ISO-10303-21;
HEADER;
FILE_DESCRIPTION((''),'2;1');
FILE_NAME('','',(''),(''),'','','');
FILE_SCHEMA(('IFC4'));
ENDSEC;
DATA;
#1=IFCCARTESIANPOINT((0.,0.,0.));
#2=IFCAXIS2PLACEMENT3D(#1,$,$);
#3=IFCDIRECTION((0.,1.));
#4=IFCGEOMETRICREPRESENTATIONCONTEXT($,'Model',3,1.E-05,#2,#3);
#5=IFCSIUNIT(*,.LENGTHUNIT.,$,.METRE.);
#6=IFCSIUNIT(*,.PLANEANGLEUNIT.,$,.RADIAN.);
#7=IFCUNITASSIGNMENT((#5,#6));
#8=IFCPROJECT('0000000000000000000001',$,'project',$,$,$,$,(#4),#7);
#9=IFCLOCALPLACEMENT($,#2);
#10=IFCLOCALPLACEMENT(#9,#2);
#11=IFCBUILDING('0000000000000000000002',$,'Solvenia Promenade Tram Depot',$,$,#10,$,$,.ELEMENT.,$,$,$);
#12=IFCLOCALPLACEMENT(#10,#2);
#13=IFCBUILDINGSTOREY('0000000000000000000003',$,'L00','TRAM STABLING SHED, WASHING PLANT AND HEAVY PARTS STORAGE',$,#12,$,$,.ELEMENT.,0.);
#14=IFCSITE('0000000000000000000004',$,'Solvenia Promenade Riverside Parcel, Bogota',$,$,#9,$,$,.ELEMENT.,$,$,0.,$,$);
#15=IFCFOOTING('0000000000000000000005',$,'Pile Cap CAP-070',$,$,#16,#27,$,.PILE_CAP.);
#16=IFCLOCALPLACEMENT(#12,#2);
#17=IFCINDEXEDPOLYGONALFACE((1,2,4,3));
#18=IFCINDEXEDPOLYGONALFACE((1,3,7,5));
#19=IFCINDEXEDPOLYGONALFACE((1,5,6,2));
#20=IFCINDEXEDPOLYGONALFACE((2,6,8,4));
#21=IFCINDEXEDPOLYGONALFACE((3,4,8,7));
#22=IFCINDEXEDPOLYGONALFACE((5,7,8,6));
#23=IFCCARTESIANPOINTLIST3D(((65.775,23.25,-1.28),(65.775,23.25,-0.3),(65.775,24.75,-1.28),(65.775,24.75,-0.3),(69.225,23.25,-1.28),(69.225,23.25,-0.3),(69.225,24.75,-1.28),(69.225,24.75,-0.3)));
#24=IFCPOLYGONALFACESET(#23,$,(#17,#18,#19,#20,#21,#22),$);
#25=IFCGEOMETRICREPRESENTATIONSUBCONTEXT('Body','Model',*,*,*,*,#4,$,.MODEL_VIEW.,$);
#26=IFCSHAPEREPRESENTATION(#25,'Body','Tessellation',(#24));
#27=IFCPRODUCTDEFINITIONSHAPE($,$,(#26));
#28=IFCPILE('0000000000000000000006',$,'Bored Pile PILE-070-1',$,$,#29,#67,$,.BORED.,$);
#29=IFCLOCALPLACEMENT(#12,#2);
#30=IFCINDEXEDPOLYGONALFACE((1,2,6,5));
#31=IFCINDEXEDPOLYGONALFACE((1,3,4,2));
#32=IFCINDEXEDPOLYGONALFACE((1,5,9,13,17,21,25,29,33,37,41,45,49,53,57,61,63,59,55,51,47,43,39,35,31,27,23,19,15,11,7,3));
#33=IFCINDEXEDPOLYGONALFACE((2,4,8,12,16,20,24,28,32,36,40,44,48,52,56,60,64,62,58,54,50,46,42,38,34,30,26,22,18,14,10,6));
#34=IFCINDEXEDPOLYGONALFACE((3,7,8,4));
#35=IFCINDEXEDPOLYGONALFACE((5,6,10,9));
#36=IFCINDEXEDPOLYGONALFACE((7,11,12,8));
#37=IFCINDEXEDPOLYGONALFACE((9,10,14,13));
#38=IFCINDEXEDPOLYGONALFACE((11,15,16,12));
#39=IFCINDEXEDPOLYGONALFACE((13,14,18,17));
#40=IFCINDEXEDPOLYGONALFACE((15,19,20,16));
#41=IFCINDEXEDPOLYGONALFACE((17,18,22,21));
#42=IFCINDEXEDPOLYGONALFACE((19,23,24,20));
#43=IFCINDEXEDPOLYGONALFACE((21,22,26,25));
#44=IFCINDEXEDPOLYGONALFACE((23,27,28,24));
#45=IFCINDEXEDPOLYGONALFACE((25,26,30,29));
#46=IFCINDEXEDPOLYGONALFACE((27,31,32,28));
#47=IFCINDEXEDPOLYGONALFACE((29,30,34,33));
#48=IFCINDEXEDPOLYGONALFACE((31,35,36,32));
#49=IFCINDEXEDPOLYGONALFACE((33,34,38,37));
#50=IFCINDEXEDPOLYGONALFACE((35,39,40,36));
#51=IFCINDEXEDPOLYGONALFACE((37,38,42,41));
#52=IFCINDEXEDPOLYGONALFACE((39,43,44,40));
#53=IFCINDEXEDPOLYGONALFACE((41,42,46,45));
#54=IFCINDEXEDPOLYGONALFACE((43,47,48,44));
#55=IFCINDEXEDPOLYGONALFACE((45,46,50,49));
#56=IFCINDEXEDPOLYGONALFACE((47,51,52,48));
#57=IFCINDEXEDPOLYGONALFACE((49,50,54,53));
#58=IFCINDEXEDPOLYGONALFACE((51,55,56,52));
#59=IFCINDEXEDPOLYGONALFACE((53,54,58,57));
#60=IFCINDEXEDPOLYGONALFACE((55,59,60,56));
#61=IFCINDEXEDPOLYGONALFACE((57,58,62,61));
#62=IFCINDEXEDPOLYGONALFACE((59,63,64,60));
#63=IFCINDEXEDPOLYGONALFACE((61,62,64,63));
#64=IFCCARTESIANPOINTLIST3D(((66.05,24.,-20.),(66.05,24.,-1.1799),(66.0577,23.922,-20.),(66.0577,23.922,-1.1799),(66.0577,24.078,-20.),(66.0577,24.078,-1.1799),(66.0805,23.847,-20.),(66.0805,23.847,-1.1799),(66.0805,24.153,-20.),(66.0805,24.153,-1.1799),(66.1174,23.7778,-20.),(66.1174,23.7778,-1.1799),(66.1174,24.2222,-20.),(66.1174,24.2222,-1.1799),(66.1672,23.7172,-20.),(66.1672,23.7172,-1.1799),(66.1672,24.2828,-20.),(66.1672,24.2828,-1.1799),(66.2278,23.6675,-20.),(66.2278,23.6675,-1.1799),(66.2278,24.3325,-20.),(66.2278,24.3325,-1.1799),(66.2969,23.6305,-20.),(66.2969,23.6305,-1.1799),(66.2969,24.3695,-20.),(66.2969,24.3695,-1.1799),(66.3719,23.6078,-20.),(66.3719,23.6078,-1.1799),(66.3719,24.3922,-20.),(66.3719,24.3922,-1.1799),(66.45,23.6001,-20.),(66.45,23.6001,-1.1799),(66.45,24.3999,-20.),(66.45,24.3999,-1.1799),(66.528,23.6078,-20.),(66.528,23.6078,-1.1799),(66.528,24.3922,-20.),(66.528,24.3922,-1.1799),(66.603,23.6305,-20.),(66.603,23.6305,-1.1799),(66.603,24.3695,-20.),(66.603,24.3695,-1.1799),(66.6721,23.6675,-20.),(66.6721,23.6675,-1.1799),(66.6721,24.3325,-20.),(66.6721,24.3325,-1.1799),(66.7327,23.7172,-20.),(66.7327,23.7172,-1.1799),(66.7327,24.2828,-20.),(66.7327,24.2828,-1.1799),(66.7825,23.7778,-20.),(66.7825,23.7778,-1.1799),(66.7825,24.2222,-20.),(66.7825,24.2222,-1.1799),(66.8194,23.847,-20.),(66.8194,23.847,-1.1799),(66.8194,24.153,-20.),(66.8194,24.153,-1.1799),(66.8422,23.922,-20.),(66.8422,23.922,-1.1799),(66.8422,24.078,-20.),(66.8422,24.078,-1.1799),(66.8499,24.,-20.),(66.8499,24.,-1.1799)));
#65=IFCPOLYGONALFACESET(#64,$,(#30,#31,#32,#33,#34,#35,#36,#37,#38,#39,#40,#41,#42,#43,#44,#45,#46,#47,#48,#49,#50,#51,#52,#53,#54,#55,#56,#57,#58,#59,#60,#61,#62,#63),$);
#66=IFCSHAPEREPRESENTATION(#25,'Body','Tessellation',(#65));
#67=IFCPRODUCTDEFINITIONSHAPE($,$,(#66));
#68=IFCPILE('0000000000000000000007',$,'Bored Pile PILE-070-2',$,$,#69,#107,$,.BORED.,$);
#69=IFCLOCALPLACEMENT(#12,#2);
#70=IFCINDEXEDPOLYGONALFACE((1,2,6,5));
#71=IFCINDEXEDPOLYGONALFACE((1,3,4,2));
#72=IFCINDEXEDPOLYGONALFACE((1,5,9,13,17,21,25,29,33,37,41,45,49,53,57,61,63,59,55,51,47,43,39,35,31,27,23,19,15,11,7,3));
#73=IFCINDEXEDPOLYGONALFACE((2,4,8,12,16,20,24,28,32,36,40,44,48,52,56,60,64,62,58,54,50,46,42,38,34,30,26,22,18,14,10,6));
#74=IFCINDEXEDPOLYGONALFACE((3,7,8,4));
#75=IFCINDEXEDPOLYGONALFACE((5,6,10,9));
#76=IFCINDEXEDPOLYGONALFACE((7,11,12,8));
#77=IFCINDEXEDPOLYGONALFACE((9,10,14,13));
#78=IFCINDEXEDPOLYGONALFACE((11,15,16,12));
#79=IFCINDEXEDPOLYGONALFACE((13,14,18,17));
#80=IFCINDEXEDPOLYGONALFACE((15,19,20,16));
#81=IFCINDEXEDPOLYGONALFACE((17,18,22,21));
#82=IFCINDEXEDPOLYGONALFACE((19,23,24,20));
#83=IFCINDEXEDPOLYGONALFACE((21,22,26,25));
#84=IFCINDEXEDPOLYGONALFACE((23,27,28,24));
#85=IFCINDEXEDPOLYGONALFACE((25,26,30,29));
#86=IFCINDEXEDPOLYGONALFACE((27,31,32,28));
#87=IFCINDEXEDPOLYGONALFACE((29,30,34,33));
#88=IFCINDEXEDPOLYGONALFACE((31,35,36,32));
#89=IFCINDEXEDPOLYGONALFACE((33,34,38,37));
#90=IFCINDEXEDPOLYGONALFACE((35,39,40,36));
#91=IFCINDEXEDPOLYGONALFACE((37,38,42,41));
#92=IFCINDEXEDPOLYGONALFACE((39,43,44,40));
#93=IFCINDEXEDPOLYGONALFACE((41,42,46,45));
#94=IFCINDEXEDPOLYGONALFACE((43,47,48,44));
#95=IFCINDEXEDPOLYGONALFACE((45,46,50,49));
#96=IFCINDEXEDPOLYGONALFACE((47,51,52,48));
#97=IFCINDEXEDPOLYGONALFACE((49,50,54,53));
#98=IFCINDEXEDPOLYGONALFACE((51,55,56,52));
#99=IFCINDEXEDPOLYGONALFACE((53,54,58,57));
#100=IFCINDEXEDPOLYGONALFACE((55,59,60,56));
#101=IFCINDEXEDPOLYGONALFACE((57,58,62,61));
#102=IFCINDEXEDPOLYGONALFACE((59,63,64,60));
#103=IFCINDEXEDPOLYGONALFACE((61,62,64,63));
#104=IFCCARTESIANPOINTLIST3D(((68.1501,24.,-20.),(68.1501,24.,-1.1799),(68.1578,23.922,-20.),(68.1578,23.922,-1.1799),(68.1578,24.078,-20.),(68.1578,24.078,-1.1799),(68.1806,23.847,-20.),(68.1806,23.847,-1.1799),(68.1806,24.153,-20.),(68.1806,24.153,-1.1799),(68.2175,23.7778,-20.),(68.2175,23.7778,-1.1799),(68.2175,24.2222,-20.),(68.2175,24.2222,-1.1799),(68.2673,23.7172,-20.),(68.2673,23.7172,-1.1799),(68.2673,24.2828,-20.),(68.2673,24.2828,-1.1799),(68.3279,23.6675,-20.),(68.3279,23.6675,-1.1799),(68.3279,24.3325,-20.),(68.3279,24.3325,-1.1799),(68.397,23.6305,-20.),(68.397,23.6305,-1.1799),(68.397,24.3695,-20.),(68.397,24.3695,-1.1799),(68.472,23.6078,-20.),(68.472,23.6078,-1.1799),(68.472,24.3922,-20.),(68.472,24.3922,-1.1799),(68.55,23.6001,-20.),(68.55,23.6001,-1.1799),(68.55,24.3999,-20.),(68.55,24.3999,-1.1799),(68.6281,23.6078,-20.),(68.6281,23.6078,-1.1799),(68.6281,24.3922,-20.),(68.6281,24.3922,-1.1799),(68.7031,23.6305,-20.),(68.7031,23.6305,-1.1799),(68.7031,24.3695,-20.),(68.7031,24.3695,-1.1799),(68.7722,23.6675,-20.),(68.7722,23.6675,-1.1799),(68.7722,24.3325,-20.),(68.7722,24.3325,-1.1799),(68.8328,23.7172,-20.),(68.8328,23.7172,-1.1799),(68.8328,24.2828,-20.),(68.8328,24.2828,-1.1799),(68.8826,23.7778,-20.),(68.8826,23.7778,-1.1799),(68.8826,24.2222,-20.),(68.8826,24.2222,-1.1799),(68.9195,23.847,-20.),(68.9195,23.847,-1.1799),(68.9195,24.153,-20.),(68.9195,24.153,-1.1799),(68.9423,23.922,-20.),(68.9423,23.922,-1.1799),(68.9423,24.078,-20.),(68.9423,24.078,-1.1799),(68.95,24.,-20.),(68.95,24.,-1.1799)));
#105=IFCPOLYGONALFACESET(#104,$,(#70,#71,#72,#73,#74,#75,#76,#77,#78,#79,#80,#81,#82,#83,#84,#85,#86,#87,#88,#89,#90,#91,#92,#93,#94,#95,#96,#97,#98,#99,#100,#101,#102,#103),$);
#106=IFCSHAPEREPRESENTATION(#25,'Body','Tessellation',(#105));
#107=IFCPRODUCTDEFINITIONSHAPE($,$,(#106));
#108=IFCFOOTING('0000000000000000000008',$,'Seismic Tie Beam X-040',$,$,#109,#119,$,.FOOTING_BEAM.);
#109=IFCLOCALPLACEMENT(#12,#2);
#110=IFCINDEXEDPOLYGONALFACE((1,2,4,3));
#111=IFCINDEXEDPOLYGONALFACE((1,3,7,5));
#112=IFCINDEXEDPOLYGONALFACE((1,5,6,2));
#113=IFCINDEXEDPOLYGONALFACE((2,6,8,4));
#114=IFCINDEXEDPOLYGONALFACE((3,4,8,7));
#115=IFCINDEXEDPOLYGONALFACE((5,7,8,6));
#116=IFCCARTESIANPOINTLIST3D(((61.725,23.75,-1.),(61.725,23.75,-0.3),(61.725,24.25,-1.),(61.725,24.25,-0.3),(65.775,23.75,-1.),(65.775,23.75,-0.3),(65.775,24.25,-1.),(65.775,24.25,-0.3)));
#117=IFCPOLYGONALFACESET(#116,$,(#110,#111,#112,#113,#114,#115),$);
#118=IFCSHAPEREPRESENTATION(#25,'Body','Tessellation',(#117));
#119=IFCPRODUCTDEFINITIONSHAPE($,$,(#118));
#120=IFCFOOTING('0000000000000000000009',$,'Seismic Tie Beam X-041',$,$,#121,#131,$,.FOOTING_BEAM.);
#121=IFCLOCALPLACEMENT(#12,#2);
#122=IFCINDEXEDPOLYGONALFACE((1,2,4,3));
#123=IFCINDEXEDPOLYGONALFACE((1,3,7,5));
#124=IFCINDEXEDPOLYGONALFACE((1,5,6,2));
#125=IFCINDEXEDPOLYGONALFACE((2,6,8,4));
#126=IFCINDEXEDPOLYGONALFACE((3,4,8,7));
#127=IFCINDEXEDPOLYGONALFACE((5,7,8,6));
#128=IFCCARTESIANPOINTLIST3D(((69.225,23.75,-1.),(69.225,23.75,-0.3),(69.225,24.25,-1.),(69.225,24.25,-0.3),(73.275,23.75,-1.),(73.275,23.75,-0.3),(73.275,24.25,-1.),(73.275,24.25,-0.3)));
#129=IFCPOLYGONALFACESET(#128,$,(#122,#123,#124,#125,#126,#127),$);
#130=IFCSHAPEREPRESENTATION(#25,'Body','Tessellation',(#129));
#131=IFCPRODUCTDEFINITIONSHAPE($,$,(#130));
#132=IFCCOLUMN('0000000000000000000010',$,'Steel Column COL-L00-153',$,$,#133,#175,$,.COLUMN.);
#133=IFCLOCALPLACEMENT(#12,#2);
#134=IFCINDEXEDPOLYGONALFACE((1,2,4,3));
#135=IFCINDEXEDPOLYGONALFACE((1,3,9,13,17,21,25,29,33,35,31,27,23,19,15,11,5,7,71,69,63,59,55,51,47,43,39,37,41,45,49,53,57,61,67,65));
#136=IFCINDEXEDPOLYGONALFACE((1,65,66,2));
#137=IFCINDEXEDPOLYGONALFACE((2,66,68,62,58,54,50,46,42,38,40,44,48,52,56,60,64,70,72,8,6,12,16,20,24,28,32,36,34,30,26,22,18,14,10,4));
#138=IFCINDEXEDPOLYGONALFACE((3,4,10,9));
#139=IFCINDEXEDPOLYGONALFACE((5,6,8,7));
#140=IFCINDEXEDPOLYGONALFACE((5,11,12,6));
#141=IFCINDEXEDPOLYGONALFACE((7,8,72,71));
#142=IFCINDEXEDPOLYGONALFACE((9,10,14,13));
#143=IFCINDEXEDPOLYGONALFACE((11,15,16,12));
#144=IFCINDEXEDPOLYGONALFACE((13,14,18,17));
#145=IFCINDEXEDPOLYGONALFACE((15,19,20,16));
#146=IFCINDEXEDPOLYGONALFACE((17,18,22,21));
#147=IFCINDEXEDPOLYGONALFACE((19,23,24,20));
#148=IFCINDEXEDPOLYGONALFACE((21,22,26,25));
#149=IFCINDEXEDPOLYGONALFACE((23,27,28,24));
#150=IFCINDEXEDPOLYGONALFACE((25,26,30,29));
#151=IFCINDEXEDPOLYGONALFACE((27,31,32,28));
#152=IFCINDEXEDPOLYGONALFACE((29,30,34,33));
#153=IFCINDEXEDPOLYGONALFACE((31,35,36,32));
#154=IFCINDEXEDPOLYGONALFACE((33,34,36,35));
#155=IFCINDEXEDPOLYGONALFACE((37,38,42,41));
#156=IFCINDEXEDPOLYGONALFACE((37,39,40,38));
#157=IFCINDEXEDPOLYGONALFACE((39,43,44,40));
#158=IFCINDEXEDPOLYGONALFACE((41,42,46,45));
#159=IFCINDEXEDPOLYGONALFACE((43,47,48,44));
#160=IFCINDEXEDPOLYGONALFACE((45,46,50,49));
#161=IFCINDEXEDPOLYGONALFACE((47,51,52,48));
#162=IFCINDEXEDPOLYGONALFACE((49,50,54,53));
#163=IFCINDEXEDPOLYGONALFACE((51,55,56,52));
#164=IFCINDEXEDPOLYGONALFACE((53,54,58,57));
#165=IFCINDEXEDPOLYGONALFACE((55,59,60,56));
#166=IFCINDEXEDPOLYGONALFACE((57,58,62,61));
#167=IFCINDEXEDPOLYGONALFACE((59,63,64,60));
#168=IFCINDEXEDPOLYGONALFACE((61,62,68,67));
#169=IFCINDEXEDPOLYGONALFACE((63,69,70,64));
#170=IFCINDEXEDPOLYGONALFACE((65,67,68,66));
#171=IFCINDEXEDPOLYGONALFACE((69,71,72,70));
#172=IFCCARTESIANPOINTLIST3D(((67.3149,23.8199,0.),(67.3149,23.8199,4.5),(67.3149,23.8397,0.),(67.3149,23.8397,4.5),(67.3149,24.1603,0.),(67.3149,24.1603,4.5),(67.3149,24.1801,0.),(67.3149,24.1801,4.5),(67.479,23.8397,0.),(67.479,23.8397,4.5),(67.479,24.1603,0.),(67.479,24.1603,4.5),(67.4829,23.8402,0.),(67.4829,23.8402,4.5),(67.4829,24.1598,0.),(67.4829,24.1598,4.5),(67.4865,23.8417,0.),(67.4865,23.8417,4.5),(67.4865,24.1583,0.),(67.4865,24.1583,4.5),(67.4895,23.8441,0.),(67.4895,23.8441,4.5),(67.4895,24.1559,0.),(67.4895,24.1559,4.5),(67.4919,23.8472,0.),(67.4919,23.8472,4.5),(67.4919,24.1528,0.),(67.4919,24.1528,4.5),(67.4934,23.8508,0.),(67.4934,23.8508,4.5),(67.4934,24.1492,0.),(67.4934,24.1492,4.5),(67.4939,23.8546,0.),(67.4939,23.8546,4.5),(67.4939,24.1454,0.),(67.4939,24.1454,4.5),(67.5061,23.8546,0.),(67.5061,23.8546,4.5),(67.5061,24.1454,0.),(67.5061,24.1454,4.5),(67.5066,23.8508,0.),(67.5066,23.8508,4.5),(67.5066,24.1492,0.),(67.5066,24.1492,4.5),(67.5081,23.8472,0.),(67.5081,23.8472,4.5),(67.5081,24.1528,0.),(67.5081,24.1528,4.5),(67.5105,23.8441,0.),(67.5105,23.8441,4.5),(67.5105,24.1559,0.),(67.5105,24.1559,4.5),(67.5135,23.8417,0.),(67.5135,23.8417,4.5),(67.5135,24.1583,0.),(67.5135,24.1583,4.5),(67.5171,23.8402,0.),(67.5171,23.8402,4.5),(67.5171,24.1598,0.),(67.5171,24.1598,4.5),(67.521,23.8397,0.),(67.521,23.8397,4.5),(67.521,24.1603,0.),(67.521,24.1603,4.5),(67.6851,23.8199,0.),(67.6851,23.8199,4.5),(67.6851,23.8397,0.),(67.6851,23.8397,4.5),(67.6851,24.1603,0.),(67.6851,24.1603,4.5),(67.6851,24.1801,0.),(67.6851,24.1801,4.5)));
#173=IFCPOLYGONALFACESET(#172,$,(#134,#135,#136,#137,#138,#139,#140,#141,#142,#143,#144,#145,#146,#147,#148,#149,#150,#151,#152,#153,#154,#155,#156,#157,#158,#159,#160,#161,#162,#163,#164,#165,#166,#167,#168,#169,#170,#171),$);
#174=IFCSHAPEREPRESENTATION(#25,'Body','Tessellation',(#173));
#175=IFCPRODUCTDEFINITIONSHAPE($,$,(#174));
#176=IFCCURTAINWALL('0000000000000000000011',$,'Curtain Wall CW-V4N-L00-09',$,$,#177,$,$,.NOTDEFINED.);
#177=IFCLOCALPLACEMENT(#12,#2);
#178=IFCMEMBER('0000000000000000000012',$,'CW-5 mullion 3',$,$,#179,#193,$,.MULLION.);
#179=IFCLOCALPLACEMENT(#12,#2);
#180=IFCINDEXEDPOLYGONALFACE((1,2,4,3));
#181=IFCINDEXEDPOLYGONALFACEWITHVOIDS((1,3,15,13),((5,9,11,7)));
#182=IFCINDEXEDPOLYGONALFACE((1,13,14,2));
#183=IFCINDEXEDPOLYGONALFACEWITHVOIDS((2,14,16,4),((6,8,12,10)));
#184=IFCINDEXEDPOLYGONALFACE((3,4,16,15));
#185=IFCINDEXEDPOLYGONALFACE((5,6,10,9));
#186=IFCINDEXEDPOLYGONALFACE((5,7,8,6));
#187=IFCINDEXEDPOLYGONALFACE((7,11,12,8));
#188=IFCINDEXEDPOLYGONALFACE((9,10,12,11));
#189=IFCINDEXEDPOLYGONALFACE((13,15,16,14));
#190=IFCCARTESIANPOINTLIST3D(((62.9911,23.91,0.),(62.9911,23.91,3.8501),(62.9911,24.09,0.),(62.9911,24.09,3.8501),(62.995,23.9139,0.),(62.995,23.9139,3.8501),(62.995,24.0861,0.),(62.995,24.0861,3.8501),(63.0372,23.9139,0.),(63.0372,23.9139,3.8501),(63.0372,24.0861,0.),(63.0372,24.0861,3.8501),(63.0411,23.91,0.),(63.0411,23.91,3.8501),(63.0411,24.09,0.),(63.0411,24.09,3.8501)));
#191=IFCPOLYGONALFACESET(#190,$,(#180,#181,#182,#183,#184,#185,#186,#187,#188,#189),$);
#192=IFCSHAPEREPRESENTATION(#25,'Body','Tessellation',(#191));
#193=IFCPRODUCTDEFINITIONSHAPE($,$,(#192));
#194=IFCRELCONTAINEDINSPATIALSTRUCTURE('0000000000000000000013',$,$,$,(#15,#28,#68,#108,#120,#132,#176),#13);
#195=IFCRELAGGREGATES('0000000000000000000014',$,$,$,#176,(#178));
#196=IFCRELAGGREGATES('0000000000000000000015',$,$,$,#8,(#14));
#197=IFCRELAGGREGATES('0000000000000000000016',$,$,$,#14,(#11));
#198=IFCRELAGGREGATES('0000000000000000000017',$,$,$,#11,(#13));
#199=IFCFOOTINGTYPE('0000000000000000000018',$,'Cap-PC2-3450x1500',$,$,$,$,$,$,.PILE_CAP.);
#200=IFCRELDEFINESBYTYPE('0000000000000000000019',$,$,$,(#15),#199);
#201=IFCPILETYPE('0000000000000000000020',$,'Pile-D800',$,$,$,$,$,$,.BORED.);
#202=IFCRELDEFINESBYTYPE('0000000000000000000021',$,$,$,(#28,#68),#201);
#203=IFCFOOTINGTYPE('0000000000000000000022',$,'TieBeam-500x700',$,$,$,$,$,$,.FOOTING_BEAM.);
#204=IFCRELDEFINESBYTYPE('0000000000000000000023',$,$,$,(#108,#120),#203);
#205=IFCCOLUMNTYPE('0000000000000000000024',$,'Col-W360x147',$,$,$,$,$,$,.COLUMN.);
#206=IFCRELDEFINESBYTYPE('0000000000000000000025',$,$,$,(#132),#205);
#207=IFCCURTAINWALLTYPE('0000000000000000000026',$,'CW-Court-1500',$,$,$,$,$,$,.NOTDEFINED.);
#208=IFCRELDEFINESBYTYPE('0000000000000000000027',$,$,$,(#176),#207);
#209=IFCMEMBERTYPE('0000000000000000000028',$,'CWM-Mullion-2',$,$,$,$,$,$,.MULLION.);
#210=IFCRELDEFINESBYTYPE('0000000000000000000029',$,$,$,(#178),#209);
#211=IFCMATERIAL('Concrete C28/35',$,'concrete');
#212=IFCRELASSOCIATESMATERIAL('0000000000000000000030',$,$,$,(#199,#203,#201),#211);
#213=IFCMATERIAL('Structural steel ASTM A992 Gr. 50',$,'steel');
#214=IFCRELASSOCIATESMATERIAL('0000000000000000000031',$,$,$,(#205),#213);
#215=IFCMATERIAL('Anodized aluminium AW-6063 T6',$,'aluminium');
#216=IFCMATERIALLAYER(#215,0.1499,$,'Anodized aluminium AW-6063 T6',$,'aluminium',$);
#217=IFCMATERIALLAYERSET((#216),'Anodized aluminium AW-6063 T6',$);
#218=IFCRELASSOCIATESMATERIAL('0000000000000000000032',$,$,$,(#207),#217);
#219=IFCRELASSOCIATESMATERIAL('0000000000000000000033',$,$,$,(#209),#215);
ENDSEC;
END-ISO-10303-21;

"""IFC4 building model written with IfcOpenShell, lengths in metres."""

from ifc_helpers import new_model, si_unit, direction, frame, origin, origin_2d, place, context, subcontext, project, spatial, rectangle, hollow_rectangle, circle, i_section, extrude, material, layer, layer_set, material_profile, profile_set, type_object, element, aggregate, save


model = new_model("IFC4")

# Units and contexts
model_context = context("Model", 3, precision=1e-05, world=origin(), true_north=direction((0.0, 1.0)))
body_context = subcontext(model_context, "Body", "Model", "MODEL_VIEW")
ifc_project = project(units=[si_unit("LENGTHUNIT", "METRE"), si_unit("PLANEANGLEUNIT", "RADIAN")], contexts=[model_context])

# Site, building, storey
site_placement = place(None, origin())
site = spatial("IfcSite", under=ifc_project, at=site_placement, Name="Solvenia Promenade Riverside Parcel, Bogota", CompositionType="ELEMENT", RefElevation=0.0)
building_placement = place(site_placement, origin())
building = spatial("IfcBuilding", under=site, at=building_placement, Name="Solvenia Promenade Tram Depot", CompositionType="ELEMENT")
storey_placement = place(building_placement, origin())
storey = spatial("IfcBuildingStorey", under=building, at=storey_placement, Name="L00", Description="TRAM STABLING SHED, WASHING PLANT AND HEAVY PARTS STORAGE", CompositionType="ELEMENT", Elevation=0.0)

# Footing
ifc_material_1 = material(Name="Concrete C28/35", Category="concrete")
footing_type_1 = type_object("IfcFootingType", Name="Cap-PC2-3450x1500", PredefinedType="PILE_CAP", material=ifc_material_1)
footing_placement = place(storey_placement, frame((67.5, 24.0, -1.28), z_axis=(0.0, 0.0, 1.0), x_axis=(1.0, 0.0, 0.0)))
element("IfcFooting", 1, at=footing_placement, inside=storey, type_object=footing_type_1, Name="Pile Cap CAP-070", PredefinedType="PILE_CAP", context=body_context, shape_type="SweptSolid", body=[
    extrude(rectangle(XDim=3.45, YDim=1.5, at=origin_2d()), origin(), (0.0, 0.0, 1.0), 0.98),
])

# Piles
ifc_material_profile_1 = material_profile(ifc_material_1, circle(Radius=0.3999, at=origin_2d()), Name="D800", Category="concrete")
ifc_profile_set_1 = profile_set([ifc_material_profile_1], Name="Concrete C28/35")
pile_type = type_object("IfcPileType", Name="Pile-D800", PredefinedType="BORED", material=ifc_profile_set_1)
for number, where, z_axis, x_axis, name in (
    (2, (66.45, 24.0, -1.1799), (0.0, 0.0, -1.0), (1.0, 0.0, 0.0), "Bored Pile PILE-070-1"),
    (3, (68.55, 24.0, -1.1799), (0.0, 0.0, -1.0), (1.0, 0.0, 0.0), "Bored Pile PILE-070-2"),
):
    element("IfcPile", number, at=place(storey_placement, frame(where, z_axis=z_axis, x_axis=x_axis)), inside=storey, type_object=pile_type, Name=name, PredefinedType="BORED", context=body_context, shape_type="SweptSolid", body=[
        extrude(circle(Radius=0.3999, at=origin_2d()), origin(), (0.0, 0.0, 1.0), 18.8201),
    ])

# Footings
footing_type_2 = type_object("IfcFootingType", Name="TieBeam-500x700", PredefinedType="FOOTING_BEAM", material=ifc_material_1)
for number, where, z_axis, x_axis, name in (
    (4, (63.75, 24.0, -1.0), (0.0, 0.0, 1.0), (1.0, 0.0, 0.0), "Seismic Tie Beam X-040"),
    (5, (71.25, 24.0, -1.0), (0.0, 0.0, 1.0), (1.0, 0.0, 0.0), "Seismic Tie Beam X-041"),
):
    element("IfcFooting", number, at=place(storey_placement, frame(where, z_axis=z_axis, x_axis=x_axis)), inside=storey, type_object=footing_type_2, Name=name, PredefinedType="FOOTING_BEAM", context=body_context, shape_type="SweptSolid", body=[
        extrude(rectangle(XDim=4.05, YDim=0.5, at=origin_2d()), origin(), (0.0, 0.0, 1.0), 0.7),
    ])

# Column
ifc_material_2 = material(Name="Structural steel ASTM A992 Gr. 50", Category="steel")
ifc_material_profile_2 = material_profile(ifc_material_2, i_section(OverallWidth=0.3701, OverallDepth=0.3601, WebThickness=0.0122, FlangeThickness=0.0198, FilletRadius=0.0149, at=origin_2d()), Name="W360x147", Category="steel")
ifc_profile_set_2 = profile_set([ifc_material_profile_2], Name="Structural steel ASTM A992 Gr. 50")
column_type = type_object("IfcColumnType", Name="Col-W360x147", PredefinedType="COLUMN", material=ifc_profile_set_2)
column_placement = place(storey_placement, frame((67.5, 24.0, 0.0), z_axis=(0.0, 0.0, 1.0), x_axis=(1.0, 0.0, 0.0)))
element("IfcColumn", 6, at=column_placement, inside=storey, type_object=column_type, Name="Steel Column COL-L00-153", PredefinedType="COLUMN", context=body_context, shape_type="SweptSolid", body=[
    extrude(i_section(OverallWidth=0.3701, OverallDepth=0.3601, WebThickness=0.0122, FlangeThickness=0.0198, FilletRadius=0.0149, at=origin_2d()), origin(), (0.0, 0.0, 1.0), 4.5),
])

# Curtain wall, member
ifc_material_3 = material(Name="Anodized aluminium AW-6063 T6", Category="aluminium")
ifc_layer_1 = layer(ifc_material_3, 0.1499, Name="Anodized aluminium AW-6063 T6", Category="aluminium")
ifc_layer_set_1 = layer_set([ifc_layer_1], Name="Anodized aluminium AW-6063 T6")
curtain_wall_type = type_object("IfcCurtainWallType", Name="CW-Court-1500", PredefinedType="NOTDEFINED", material=ifc_layer_set_1)
curtain_wall_placement = place(storey_placement, origin())
curtain_wall = element("IfcCurtainWall", 7, at=curtain_wall_placement, inside=storey, type_object=curtain_wall_type, Name="Curtain Wall CW-V4N-L00-09", PredefinedType="NOTDEFINED")
ifc_material_profile_3 = material_profile(ifc_material_3, hollow_rectangle(XDim=0.1799, YDim=0.05, WallThickness=0.0039, at=origin_2d()), Name="ALU-M2", Category="aluminium")
ifc_profile_set_3 = profile_set([ifc_material_profile_3], Name="Anodized aluminium AW-6063 T6")
member_type_1 = type_object("IfcMemberType", Name="CWM-Mullion-2", PredefinedType="MULLION", material=ifc_profile_set_3)
member_1_placement = place(storey_placement, frame((63.0161, 24.0, 0.0), z_axis=(0.0, 0.0, 1.0), x_axis=(0.0, 1.0, 0.0)))
member_1 = element("IfcMember", 8, at=member_1_placement, type_object=member_type_1, Name="CW-5 mullion 3", PredefinedType="MULLION", context=body_context, shape_type="SweptSolid", body=[
    extrude(hollow_rectangle(XDim=0.1799, YDim=0.05, WallThickness=0.0039, at=origin_2d()), origin(), (0.0, 0.0, 1.0), 3.8501),
])
aggregate(curtain_wall, [member_1])

save(model, "model.ifc")
